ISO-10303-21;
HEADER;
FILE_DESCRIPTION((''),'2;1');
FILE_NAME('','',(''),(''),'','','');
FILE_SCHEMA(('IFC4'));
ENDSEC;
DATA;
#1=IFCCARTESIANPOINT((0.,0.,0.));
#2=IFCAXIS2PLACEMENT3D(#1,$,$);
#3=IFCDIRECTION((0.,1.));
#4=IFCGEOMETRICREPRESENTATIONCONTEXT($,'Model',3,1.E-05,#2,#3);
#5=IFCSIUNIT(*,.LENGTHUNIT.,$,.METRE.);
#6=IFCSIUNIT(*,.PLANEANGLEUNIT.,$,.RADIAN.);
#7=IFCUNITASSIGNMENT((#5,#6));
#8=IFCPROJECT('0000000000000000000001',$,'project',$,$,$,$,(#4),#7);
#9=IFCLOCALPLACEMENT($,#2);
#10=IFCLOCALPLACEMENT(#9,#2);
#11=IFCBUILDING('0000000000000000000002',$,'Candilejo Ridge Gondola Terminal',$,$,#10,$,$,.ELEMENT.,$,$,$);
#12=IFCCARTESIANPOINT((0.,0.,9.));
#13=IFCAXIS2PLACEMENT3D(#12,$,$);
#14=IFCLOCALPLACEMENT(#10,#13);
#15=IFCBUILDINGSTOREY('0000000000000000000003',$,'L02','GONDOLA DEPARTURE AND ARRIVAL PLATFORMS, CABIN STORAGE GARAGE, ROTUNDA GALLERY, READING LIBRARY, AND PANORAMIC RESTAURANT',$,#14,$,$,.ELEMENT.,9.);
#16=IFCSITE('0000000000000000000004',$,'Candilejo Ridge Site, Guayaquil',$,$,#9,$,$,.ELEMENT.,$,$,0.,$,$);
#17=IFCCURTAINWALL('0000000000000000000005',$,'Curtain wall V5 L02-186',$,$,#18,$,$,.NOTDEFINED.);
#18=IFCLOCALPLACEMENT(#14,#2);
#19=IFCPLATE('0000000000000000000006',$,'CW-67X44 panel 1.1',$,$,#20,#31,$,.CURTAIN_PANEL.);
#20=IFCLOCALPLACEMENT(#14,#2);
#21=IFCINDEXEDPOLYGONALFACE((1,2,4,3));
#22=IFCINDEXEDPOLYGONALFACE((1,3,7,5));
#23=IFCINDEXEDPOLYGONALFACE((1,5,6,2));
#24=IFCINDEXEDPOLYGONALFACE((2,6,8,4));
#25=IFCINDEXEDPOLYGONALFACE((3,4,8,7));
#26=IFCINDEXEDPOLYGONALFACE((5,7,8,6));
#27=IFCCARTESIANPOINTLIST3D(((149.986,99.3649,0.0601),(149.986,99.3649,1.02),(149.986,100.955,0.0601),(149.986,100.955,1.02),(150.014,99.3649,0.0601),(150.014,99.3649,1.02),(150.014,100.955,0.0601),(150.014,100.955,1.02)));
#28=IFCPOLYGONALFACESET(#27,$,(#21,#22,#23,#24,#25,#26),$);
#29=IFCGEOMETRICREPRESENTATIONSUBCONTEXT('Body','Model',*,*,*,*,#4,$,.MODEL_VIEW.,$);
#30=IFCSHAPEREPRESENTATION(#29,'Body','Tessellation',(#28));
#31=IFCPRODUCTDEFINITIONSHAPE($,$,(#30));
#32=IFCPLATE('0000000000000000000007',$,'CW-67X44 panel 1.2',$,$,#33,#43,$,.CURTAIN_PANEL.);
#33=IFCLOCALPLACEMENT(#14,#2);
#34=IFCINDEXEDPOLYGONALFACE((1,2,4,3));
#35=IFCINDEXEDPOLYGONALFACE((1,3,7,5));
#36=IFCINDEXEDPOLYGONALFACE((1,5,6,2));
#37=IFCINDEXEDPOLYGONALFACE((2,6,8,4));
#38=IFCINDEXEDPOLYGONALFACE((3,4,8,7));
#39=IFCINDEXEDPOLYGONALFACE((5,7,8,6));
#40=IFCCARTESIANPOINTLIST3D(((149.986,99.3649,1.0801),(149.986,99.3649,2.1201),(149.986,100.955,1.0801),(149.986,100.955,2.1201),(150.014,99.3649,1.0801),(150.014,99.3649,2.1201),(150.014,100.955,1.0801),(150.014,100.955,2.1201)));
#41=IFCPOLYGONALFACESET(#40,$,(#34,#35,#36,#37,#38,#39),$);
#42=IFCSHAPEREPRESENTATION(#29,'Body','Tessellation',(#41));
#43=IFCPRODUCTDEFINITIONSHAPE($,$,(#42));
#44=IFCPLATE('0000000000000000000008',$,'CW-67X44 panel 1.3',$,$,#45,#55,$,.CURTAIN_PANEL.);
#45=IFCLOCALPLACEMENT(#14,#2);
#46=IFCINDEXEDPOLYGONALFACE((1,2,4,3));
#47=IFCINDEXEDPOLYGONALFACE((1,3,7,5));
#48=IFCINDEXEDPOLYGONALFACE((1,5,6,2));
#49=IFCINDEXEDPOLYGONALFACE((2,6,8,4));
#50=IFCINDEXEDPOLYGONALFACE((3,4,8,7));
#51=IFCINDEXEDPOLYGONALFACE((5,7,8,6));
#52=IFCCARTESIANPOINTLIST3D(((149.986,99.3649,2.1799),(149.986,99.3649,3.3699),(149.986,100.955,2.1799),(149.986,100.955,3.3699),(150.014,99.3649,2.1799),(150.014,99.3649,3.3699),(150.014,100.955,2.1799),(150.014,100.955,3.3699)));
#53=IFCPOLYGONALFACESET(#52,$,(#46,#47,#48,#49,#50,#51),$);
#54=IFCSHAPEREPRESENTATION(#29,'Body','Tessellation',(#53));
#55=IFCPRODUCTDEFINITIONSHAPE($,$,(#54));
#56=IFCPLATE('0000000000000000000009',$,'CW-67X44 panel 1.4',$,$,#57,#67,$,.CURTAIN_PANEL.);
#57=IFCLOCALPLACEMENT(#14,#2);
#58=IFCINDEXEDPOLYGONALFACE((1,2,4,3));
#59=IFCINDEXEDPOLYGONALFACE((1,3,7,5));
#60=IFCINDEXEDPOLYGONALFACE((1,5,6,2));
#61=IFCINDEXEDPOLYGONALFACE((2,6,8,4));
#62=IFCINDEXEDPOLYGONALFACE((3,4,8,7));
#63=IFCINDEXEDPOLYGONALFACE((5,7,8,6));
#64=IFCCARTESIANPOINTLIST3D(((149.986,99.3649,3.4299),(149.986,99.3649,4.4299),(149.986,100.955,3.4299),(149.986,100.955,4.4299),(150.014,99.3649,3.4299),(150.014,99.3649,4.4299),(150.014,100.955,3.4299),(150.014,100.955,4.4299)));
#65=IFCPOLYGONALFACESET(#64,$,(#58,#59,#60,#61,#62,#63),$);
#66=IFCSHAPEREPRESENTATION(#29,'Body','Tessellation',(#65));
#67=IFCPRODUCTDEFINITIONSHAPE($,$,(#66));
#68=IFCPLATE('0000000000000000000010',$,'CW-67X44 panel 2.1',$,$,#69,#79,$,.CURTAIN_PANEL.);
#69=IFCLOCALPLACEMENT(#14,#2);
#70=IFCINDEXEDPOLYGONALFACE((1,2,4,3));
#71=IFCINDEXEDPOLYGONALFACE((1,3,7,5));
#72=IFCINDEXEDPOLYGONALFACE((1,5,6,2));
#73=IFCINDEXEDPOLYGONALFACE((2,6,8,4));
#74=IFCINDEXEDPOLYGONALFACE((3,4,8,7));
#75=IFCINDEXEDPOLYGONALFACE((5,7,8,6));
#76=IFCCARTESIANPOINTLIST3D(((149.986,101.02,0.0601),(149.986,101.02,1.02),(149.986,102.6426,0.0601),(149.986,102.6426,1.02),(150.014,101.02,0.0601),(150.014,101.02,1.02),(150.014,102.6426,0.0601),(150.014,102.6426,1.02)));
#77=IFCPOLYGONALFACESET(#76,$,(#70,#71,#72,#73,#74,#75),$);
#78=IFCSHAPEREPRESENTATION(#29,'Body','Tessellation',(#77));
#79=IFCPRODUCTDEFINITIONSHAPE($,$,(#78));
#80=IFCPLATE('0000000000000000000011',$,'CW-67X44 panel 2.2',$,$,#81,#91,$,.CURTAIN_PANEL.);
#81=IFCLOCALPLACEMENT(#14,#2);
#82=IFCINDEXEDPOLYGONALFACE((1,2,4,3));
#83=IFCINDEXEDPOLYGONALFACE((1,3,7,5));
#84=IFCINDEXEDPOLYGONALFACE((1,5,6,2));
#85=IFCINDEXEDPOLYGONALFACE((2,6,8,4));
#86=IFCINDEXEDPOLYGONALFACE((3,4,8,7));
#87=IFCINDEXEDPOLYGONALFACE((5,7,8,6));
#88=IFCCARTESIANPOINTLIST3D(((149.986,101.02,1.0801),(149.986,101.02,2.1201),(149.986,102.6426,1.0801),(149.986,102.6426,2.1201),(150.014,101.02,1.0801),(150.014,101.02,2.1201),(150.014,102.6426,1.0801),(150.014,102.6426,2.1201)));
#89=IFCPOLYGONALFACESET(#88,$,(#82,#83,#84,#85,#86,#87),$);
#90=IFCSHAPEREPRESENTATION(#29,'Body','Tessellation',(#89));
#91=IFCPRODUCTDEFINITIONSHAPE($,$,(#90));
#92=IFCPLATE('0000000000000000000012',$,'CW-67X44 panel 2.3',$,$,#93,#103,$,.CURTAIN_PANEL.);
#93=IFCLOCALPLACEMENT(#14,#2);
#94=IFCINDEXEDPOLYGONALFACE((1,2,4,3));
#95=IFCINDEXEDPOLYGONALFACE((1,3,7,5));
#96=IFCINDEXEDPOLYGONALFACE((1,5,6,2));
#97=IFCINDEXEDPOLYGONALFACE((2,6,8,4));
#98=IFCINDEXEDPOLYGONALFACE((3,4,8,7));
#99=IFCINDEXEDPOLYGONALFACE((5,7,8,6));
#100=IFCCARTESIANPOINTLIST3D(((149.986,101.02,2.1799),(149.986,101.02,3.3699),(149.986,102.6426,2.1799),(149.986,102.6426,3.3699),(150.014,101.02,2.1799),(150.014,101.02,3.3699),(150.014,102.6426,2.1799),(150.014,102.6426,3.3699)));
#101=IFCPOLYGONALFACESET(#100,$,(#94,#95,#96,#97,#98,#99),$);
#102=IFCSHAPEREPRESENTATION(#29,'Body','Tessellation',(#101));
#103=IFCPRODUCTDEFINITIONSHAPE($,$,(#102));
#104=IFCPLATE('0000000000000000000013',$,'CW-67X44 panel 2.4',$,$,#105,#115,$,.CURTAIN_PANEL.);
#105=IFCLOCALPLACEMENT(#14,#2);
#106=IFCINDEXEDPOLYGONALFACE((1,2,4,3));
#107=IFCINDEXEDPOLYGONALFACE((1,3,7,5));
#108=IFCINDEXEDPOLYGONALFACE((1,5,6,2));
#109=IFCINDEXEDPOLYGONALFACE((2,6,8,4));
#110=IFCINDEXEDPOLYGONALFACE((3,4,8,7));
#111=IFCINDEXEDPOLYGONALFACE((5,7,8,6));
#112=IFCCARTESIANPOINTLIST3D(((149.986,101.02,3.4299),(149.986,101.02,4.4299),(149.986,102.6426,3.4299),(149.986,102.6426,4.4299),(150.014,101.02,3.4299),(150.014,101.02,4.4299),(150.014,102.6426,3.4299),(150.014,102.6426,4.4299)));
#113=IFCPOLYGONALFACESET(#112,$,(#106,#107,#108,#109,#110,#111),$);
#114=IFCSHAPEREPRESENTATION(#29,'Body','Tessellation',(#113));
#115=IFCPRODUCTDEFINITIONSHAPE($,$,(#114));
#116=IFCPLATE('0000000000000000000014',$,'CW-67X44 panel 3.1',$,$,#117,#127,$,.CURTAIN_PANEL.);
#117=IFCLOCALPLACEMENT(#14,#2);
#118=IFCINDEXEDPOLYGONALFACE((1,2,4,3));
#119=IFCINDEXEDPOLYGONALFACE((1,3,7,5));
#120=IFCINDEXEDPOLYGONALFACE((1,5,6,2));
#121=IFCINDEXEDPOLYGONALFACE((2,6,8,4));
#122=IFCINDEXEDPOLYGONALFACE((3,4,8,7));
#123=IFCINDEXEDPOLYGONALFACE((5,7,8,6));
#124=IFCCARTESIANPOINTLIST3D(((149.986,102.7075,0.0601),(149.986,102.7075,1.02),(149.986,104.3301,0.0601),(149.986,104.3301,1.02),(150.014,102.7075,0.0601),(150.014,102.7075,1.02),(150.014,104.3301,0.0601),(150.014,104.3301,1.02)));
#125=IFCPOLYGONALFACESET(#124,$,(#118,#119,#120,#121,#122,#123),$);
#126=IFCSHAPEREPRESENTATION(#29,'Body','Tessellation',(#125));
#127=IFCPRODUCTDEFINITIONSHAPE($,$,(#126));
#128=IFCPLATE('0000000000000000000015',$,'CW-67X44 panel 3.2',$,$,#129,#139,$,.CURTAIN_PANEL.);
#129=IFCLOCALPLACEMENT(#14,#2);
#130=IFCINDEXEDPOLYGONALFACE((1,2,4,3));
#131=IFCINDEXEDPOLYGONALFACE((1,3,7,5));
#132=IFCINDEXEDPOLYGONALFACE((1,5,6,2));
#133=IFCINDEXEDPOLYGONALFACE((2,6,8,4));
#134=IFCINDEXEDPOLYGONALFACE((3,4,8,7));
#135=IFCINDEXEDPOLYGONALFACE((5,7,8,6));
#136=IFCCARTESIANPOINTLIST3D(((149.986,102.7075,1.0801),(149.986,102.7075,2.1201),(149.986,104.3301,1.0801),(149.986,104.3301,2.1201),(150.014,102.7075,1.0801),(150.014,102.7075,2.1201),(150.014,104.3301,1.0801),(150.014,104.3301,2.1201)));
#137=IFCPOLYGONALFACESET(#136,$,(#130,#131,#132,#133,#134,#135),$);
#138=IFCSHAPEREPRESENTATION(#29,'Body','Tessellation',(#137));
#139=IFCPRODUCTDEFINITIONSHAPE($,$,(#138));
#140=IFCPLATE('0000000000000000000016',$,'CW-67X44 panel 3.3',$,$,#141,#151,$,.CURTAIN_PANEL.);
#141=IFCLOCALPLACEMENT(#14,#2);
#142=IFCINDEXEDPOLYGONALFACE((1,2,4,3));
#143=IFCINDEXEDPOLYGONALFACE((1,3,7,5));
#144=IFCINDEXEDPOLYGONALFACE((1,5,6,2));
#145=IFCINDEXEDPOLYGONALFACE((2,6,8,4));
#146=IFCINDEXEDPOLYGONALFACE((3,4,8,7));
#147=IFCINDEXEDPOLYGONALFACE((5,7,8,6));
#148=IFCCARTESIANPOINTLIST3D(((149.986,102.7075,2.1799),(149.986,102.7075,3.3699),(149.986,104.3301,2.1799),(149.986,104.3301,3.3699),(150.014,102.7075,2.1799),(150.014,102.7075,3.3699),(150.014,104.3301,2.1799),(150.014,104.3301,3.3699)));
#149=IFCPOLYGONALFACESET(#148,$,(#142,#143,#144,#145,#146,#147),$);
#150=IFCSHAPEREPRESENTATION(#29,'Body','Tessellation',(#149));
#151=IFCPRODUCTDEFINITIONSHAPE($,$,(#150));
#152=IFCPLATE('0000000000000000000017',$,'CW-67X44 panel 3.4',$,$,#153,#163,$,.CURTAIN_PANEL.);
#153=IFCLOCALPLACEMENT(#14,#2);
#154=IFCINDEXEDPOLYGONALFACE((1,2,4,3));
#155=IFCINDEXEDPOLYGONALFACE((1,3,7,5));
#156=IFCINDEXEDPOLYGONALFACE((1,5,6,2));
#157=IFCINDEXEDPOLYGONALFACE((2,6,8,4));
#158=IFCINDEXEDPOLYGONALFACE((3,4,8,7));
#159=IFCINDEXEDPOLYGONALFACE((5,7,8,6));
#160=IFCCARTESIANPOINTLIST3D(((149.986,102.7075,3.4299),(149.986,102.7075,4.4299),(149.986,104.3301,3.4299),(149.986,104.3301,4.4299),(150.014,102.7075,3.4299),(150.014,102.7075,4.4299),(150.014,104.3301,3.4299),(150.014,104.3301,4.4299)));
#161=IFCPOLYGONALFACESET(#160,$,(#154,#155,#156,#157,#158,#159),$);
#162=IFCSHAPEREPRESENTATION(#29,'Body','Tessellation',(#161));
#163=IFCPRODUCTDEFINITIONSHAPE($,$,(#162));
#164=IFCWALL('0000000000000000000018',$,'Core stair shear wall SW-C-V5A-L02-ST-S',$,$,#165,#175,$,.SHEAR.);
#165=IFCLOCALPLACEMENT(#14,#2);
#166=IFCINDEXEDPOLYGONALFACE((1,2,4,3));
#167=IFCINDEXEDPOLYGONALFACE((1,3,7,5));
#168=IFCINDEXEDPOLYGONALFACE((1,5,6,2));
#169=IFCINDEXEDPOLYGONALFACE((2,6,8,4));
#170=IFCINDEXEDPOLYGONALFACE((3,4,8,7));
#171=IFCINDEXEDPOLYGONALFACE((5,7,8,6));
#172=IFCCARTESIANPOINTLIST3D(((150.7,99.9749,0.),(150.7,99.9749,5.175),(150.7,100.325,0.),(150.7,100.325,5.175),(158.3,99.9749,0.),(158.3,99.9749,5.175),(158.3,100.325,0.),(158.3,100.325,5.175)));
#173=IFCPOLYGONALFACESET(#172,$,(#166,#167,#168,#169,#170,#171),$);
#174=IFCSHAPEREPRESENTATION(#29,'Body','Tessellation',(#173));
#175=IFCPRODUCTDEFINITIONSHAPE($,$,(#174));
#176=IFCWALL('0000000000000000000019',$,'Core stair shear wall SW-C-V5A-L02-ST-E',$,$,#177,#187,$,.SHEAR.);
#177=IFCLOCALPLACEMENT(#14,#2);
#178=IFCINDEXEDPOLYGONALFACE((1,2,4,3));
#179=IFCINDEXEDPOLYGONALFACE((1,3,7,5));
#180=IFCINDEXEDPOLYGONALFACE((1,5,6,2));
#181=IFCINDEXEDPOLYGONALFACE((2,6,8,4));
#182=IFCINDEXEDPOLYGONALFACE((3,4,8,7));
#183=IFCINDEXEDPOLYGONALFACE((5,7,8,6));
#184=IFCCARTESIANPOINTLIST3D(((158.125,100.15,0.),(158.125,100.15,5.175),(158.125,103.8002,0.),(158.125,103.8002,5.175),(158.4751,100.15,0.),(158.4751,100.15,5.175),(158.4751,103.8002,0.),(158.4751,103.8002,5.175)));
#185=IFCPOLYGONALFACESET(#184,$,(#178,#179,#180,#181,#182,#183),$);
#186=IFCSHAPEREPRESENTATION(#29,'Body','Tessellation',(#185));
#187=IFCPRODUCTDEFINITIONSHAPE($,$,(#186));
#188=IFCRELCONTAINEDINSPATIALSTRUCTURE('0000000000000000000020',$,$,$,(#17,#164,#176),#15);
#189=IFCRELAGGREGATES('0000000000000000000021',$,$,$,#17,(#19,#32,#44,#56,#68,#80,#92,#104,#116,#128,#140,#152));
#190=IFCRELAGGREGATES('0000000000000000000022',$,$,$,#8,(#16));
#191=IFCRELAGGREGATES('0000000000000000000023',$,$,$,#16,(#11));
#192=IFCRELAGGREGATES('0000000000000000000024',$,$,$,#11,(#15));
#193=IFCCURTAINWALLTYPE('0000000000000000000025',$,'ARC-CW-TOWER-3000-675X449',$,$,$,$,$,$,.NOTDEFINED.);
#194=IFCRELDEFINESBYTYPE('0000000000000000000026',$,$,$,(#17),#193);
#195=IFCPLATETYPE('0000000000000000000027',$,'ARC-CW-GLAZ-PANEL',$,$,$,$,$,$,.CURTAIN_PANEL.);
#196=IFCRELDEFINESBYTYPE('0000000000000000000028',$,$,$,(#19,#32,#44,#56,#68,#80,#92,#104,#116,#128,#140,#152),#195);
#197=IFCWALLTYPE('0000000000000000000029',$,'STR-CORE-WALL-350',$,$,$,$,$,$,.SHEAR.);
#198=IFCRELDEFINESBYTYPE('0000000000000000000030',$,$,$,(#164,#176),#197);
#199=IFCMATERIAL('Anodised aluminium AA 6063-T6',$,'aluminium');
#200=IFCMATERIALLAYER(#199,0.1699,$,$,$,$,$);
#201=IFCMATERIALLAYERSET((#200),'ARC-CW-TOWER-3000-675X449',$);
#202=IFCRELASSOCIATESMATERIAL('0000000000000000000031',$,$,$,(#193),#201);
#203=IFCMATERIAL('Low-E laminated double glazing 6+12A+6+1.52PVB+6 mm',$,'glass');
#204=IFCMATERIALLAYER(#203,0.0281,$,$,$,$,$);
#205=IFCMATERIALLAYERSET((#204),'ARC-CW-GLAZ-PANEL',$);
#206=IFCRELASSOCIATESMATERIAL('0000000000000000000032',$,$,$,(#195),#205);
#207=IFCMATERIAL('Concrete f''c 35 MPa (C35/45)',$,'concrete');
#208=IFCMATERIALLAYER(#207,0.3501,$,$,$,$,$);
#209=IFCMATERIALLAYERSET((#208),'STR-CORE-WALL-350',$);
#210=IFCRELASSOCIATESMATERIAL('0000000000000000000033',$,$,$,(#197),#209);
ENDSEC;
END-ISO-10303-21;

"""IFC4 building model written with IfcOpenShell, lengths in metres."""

from ifc_helpers import new_model, si_unit, direction, frame, frame_2d, origin, origin_2d, place, context, subcontext, project, spatial, rectangle, extrude, material, layer, layer_set, type_object, element, aggregate, save


model = new_model("IFC4")

# Units and contexts
model_context = context("Model", 3, precision=1e-05, world=origin(), true_north=direction((0.0, 1.0)))
body_context = subcontext(model_context, "Body", "Model", "MODEL_VIEW")
ifc_project = project(units=[si_unit("LENGTHUNIT", "METRE"), si_unit("PLANEANGLEUNIT", "RADIAN")], contexts=[model_context])

# Site, building, storey
site_placement = place(None, origin())
site = spatial("IfcSite", under=ifc_project, at=site_placement, Name="Candilejo Ridge Site, Guayaquil", CompositionType="ELEMENT", RefElevation=0.0)
building_placement = place(site_placement, origin())
building = spatial("IfcBuilding", under=site, at=building_placement, Name="Candilejo Ridge Gondola Terminal", CompositionType="ELEMENT")
storey_placement = place(building_placement, frame((0.0, 0.0, 9.0)))
storey = spatial("IfcBuildingStorey", under=building, at=storey_placement, Name="L02", Description="GONDOLA DEPARTURE AND ARRIVAL PLATFORMS, CABIN STORAGE GARAGE, ROTUNDA GALLERY, READING LIBRARY, AND PANORAMIC RESTAURANT", CompositionType="ELEMENT", Elevation=9.0)

# Curtain wall, plates
ifc_material_1 = material(Name="Anodised aluminium AA 6063-T6", Category="aluminium")
ifc_layer_1 = layer(ifc_material_1, 0.1699)
ifc_layer_set_1 = layer_set([ifc_layer_1], Name="ARC-CW-TOWER-3000-675X449")
curtain_wall_type = type_object("IfcCurtainWallType", Name="ARC-CW-TOWER-3000-675X449", PredefinedType="NOTDEFINED", material=ifc_layer_set_1)
curtain_wall_placement = place(storey_placement, origin())
curtain_wall = element("IfcCurtainWall", 1, at=curtain_wall_placement, inside=storey, type_object=curtain_wall_type, Name="Curtain wall V5 L02-186", PredefinedType="NOTDEFINED")
ifc_material_2 = material(Name="Low-E laminated double glazing 6+12A+6+1.52PVB+6 mm", Category="glass")
ifc_layer_2 = layer(ifc_material_2, 0.0281)
ifc_layer_set_2 = layer_set([ifc_layer_2], Name="ARC-CW-GLAZ-PANEL")
plate_type = type_object("IfcPlateType", Name="ARC-CW-GLAZ-PANEL", PredefinedType="CURTAIN_PANEL", material=ifc_layer_set_2)
plate_1_placement = place(storey_placement, frame((150.0, 100.1599, 0.0601), z_axis=(0.0, 0.0, 1.0), x_axis=(0.0, 1.0, 0.0)))
plate_1 = element("IfcPlate", 2, at=plate_1_placement, type_object=plate_type, Name="CW-67X44 panel 1.1", PredefinedType="CURTAIN_PANEL", context=body_context, shape_type="SweptSolid", body=[
    extrude(rectangle(XDim=1.5901, YDim=0.0281, at=origin_2d()), origin(), (0.0, 0.0, 1.0), 0.96),
])
plate_2_placement = place(storey_placement, frame((150.0, 100.1599, 1.0801), z_axis=(0.0, 0.0, 1.0), x_axis=(0.0, 1.0, 0.0)))
plate_2 = element("IfcPlate", 3, at=plate_2_placement, type_object=plate_type, Name="CW-67X44 panel 1.2", PredefinedType="CURTAIN_PANEL", context=body_context, shape_type="SweptSolid", body=[
    extrude(rectangle(XDim=1.5901, YDim=0.0281, at=origin_2d()), origin(), (0.0, 0.0, 1.0), 1.04),
])
plate_3_placement = place(storey_placement, frame((150.0, 100.1599, 2.1799), z_axis=(0.0, 0.0, 1.0), x_axis=(0.0, 1.0, 0.0)))
plate_3 = element("IfcPlate", 4, at=plate_3_placement, type_object=plate_type, Name="CW-67X44 panel 1.3", PredefinedType="CURTAIN_PANEL", context=body_context, shape_type="SweptSolid", body=[
    extrude(rectangle(XDim=1.5901, YDim=0.0281, at=origin_2d()), origin(), (0.0, 0.0, 1.0), 1.1899),
])
plate_4_placement = place(storey_placement, frame((150.0, 100.1599, 3.4299), z_axis=(0.0, 0.0, 1.0), x_axis=(0.0, 1.0, 0.0)))
plate_4 = element("IfcPlate", 5, at=plate_4_placement, type_object=plate_type, Name="CW-67X44 panel 1.4", PredefinedType="CURTAIN_PANEL", context=body_context, shape_type="SweptSolid", body=[
    extrude(rectangle(XDim=1.5901, YDim=0.0281, at=origin_2d()), origin(), (0.0, 0.0, 1.0), 1.0),
])
plate_5_placement = place(storey_placement, frame((150.0, 101.8313, 0.0601), z_axis=(0.0, 0.0, 1.0), x_axis=(0.0, 1.0, 0.0)))
plate_5 = element("IfcPlate", 6, at=plate_5_placement, type_object=plate_type, Name="CW-67X44 panel 2.1", PredefinedType="CURTAIN_PANEL", context=body_context, shape_type="SweptSolid", body=[
    extrude(rectangle(XDim=1.6226, YDim=0.0281, at=origin_2d()), origin(), (0.0, 0.0, 1.0), 0.96),
])
plate_6_placement = place(storey_placement, frame((150.0, 101.8313, 1.0801), z_axis=(0.0, 0.0, 1.0), x_axis=(0.0, 1.0, 0.0)))
plate_6 = element("IfcPlate", 7, at=plate_6_placement, type_object=plate_type, Name="CW-67X44 panel 2.2", PredefinedType="CURTAIN_PANEL", context=body_context, shape_type="SweptSolid", body=[
    extrude(rectangle(XDim=1.6226, YDim=0.0281, at=origin_2d()), origin(), (0.0, 0.0, 1.0), 1.04),
])
plate_7_placement = place(storey_placement, frame((150.0, 101.8313, 2.1799), z_axis=(0.0, 0.0, 1.0), x_axis=(0.0, 1.0, 0.0)))
plate_7 = element("IfcPlate", 8, at=plate_7_placement, type_object=plate_type, Name="CW-67X44 panel 2.3", PredefinedType="CURTAIN_PANEL", context=body_context, shape_type="SweptSolid", body=[
    extrude(rectangle(XDim=1.6226, YDim=0.0281, at=origin_2d()), origin(), (0.0, 0.0, 1.0), 1.1899),
])
plate_8_placement = place(storey_placement, frame((150.0, 101.8313, 3.4299), z_axis=(0.0, 0.0, 1.0), x_axis=(0.0, 1.0, 0.0)))
plate_8 = element("IfcPlate", 9, at=plate_8_placement, type_object=plate_type, Name="CW-67X44 panel 2.4", PredefinedType="CURTAIN_PANEL", context=body_context, shape_type="SweptSolid", body=[
    extrude(rectangle(XDim=1.6226, YDim=0.0281, at=origin_2d()), origin(), (0.0, 0.0, 1.0), 1.0),
])
plate_9_placement = place(storey_placement, frame((150.0, 103.5188, 0.0601), z_axis=(0.0, 0.0, 1.0), x_axis=(0.0, 1.0, 0.0)))
plate_9 = element("IfcPlate", 10, at=plate_9_placement, type_object=plate_type, Name="CW-67X44 panel 3.1", PredefinedType="CURTAIN_PANEL", context=body_context, shape_type="SweptSolid", body=[
    extrude(rectangle(XDim=1.6226, YDim=0.0281, at=origin_2d()), origin(), (0.0, 0.0, 1.0), 0.96),
])
plate_10_placement = place(storey_placement, frame((150.0, 103.5188, 1.0801), z_axis=(0.0, 0.0, 1.0), x_axis=(0.0, 1.0, 0.0)))
plate_10 = element("IfcPlate", 11, at=plate_10_placement, type_object=plate_type, Name="CW-67X44 panel 3.2", PredefinedType="CURTAIN_PANEL", context=body_context, shape_type="SweptSolid", body=[
    extrude(rectangle(XDim=1.6226, YDim=0.0281, at=origin_2d()), origin(), (0.0, 0.0, 1.0), 1.04),
])
plate_11_placement = place(storey_placement, frame((150.0, 103.5188, 2.1799), z_axis=(0.0, 0.0, 1.0), x_axis=(0.0, 1.0, 0.0)))
plate_11 = element("IfcPlate", 12, at=plate_11_placement, type_object=plate_type, Name="CW-67X44 panel 3.3", PredefinedType="CURTAIN_PANEL", context=body_context, shape_type="SweptSolid", body=[
    extrude(rectangle(XDim=1.6226, YDim=0.0281, at=origin_2d()), origin(), (0.0, 0.0, 1.0), 1.1899),
])
plate_12_placement = place(storey_placement, frame((150.0, 103.5188, 3.4299), z_axis=(0.0, 0.0, 1.0), x_axis=(0.0, 1.0, 0.0)))
plate_12 = element("IfcPlate", 13, at=plate_12_placement, type_object=plate_type, Name="CW-67X44 panel 3.4", PredefinedType="CURTAIN_PANEL", context=body_context, shape_type="SweptSolid", body=[
    extrude(rectangle(XDim=1.6226, YDim=0.0281, at=origin_2d()), origin(), (0.0, 0.0, 1.0), 1.0),
])
aggregate(curtain_wall, [plate_1, plate_2, plate_3, plate_4, plate_5, plate_6, plate_7, plate_8, plate_9, plate_10, plate_11, plate_12])

# Walls
ifc_material_3 = material(Name="Concrete f'c 35 MPa (C35/45)", Category="concrete")
ifc_layer_3 = layer(ifc_material_3, 0.3501)
ifc_layer_set_3 = layer_set([ifc_layer_3], Name="STR-CORE-WALL-350")
wall_type = type_object("IfcWallType", Name="STR-CORE-WALL-350", PredefinedType="SHEAR", material=ifc_layer_set_3)
wall_1_placement = place(storey_placement, frame((150.7, 100.1499, 0.0), z_axis=(0.0, 0.0, 1.0), x_axis=(1.0, 0.0, 0.0)))
element("IfcWall", 14, at=wall_1_placement, inside=storey, type_object=wall_type, Name="Core stair shear wall SW-C-V5A-L02-ST-S", PredefinedType="SHEAR", context=body_context, shape_type="SweptSolid", body=[
    extrude(rectangle(XDim=7.6001, YDim=0.3501, at=frame_2d((3.8, 0.0))), origin(), (0.0, 0.0, 1.0), 5.175),
])
wall_2_placement = place(storey_placement, frame((158.3, 100.1499, 0.0), z_axis=(0.0, 0.0, 1.0), x_axis=(0.0, 1.0, 0.0)))
element("IfcWall", 15, at=wall_2_placement, inside=storey, type_object=wall_type, Name="Core stair shear wall SW-C-V5A-L02-ST-E", PredefinedType="SHEAR", context=body_context, shape_type="SweptSolid", body=[
    extrude(rectangle(XDim=3.6501, YDim=0.3501, at=frame_2d((1.8252, 0.0))), origin(), (0.0, 0.0, 1.0), 5.175),
])

save(model, "model.ifc")
